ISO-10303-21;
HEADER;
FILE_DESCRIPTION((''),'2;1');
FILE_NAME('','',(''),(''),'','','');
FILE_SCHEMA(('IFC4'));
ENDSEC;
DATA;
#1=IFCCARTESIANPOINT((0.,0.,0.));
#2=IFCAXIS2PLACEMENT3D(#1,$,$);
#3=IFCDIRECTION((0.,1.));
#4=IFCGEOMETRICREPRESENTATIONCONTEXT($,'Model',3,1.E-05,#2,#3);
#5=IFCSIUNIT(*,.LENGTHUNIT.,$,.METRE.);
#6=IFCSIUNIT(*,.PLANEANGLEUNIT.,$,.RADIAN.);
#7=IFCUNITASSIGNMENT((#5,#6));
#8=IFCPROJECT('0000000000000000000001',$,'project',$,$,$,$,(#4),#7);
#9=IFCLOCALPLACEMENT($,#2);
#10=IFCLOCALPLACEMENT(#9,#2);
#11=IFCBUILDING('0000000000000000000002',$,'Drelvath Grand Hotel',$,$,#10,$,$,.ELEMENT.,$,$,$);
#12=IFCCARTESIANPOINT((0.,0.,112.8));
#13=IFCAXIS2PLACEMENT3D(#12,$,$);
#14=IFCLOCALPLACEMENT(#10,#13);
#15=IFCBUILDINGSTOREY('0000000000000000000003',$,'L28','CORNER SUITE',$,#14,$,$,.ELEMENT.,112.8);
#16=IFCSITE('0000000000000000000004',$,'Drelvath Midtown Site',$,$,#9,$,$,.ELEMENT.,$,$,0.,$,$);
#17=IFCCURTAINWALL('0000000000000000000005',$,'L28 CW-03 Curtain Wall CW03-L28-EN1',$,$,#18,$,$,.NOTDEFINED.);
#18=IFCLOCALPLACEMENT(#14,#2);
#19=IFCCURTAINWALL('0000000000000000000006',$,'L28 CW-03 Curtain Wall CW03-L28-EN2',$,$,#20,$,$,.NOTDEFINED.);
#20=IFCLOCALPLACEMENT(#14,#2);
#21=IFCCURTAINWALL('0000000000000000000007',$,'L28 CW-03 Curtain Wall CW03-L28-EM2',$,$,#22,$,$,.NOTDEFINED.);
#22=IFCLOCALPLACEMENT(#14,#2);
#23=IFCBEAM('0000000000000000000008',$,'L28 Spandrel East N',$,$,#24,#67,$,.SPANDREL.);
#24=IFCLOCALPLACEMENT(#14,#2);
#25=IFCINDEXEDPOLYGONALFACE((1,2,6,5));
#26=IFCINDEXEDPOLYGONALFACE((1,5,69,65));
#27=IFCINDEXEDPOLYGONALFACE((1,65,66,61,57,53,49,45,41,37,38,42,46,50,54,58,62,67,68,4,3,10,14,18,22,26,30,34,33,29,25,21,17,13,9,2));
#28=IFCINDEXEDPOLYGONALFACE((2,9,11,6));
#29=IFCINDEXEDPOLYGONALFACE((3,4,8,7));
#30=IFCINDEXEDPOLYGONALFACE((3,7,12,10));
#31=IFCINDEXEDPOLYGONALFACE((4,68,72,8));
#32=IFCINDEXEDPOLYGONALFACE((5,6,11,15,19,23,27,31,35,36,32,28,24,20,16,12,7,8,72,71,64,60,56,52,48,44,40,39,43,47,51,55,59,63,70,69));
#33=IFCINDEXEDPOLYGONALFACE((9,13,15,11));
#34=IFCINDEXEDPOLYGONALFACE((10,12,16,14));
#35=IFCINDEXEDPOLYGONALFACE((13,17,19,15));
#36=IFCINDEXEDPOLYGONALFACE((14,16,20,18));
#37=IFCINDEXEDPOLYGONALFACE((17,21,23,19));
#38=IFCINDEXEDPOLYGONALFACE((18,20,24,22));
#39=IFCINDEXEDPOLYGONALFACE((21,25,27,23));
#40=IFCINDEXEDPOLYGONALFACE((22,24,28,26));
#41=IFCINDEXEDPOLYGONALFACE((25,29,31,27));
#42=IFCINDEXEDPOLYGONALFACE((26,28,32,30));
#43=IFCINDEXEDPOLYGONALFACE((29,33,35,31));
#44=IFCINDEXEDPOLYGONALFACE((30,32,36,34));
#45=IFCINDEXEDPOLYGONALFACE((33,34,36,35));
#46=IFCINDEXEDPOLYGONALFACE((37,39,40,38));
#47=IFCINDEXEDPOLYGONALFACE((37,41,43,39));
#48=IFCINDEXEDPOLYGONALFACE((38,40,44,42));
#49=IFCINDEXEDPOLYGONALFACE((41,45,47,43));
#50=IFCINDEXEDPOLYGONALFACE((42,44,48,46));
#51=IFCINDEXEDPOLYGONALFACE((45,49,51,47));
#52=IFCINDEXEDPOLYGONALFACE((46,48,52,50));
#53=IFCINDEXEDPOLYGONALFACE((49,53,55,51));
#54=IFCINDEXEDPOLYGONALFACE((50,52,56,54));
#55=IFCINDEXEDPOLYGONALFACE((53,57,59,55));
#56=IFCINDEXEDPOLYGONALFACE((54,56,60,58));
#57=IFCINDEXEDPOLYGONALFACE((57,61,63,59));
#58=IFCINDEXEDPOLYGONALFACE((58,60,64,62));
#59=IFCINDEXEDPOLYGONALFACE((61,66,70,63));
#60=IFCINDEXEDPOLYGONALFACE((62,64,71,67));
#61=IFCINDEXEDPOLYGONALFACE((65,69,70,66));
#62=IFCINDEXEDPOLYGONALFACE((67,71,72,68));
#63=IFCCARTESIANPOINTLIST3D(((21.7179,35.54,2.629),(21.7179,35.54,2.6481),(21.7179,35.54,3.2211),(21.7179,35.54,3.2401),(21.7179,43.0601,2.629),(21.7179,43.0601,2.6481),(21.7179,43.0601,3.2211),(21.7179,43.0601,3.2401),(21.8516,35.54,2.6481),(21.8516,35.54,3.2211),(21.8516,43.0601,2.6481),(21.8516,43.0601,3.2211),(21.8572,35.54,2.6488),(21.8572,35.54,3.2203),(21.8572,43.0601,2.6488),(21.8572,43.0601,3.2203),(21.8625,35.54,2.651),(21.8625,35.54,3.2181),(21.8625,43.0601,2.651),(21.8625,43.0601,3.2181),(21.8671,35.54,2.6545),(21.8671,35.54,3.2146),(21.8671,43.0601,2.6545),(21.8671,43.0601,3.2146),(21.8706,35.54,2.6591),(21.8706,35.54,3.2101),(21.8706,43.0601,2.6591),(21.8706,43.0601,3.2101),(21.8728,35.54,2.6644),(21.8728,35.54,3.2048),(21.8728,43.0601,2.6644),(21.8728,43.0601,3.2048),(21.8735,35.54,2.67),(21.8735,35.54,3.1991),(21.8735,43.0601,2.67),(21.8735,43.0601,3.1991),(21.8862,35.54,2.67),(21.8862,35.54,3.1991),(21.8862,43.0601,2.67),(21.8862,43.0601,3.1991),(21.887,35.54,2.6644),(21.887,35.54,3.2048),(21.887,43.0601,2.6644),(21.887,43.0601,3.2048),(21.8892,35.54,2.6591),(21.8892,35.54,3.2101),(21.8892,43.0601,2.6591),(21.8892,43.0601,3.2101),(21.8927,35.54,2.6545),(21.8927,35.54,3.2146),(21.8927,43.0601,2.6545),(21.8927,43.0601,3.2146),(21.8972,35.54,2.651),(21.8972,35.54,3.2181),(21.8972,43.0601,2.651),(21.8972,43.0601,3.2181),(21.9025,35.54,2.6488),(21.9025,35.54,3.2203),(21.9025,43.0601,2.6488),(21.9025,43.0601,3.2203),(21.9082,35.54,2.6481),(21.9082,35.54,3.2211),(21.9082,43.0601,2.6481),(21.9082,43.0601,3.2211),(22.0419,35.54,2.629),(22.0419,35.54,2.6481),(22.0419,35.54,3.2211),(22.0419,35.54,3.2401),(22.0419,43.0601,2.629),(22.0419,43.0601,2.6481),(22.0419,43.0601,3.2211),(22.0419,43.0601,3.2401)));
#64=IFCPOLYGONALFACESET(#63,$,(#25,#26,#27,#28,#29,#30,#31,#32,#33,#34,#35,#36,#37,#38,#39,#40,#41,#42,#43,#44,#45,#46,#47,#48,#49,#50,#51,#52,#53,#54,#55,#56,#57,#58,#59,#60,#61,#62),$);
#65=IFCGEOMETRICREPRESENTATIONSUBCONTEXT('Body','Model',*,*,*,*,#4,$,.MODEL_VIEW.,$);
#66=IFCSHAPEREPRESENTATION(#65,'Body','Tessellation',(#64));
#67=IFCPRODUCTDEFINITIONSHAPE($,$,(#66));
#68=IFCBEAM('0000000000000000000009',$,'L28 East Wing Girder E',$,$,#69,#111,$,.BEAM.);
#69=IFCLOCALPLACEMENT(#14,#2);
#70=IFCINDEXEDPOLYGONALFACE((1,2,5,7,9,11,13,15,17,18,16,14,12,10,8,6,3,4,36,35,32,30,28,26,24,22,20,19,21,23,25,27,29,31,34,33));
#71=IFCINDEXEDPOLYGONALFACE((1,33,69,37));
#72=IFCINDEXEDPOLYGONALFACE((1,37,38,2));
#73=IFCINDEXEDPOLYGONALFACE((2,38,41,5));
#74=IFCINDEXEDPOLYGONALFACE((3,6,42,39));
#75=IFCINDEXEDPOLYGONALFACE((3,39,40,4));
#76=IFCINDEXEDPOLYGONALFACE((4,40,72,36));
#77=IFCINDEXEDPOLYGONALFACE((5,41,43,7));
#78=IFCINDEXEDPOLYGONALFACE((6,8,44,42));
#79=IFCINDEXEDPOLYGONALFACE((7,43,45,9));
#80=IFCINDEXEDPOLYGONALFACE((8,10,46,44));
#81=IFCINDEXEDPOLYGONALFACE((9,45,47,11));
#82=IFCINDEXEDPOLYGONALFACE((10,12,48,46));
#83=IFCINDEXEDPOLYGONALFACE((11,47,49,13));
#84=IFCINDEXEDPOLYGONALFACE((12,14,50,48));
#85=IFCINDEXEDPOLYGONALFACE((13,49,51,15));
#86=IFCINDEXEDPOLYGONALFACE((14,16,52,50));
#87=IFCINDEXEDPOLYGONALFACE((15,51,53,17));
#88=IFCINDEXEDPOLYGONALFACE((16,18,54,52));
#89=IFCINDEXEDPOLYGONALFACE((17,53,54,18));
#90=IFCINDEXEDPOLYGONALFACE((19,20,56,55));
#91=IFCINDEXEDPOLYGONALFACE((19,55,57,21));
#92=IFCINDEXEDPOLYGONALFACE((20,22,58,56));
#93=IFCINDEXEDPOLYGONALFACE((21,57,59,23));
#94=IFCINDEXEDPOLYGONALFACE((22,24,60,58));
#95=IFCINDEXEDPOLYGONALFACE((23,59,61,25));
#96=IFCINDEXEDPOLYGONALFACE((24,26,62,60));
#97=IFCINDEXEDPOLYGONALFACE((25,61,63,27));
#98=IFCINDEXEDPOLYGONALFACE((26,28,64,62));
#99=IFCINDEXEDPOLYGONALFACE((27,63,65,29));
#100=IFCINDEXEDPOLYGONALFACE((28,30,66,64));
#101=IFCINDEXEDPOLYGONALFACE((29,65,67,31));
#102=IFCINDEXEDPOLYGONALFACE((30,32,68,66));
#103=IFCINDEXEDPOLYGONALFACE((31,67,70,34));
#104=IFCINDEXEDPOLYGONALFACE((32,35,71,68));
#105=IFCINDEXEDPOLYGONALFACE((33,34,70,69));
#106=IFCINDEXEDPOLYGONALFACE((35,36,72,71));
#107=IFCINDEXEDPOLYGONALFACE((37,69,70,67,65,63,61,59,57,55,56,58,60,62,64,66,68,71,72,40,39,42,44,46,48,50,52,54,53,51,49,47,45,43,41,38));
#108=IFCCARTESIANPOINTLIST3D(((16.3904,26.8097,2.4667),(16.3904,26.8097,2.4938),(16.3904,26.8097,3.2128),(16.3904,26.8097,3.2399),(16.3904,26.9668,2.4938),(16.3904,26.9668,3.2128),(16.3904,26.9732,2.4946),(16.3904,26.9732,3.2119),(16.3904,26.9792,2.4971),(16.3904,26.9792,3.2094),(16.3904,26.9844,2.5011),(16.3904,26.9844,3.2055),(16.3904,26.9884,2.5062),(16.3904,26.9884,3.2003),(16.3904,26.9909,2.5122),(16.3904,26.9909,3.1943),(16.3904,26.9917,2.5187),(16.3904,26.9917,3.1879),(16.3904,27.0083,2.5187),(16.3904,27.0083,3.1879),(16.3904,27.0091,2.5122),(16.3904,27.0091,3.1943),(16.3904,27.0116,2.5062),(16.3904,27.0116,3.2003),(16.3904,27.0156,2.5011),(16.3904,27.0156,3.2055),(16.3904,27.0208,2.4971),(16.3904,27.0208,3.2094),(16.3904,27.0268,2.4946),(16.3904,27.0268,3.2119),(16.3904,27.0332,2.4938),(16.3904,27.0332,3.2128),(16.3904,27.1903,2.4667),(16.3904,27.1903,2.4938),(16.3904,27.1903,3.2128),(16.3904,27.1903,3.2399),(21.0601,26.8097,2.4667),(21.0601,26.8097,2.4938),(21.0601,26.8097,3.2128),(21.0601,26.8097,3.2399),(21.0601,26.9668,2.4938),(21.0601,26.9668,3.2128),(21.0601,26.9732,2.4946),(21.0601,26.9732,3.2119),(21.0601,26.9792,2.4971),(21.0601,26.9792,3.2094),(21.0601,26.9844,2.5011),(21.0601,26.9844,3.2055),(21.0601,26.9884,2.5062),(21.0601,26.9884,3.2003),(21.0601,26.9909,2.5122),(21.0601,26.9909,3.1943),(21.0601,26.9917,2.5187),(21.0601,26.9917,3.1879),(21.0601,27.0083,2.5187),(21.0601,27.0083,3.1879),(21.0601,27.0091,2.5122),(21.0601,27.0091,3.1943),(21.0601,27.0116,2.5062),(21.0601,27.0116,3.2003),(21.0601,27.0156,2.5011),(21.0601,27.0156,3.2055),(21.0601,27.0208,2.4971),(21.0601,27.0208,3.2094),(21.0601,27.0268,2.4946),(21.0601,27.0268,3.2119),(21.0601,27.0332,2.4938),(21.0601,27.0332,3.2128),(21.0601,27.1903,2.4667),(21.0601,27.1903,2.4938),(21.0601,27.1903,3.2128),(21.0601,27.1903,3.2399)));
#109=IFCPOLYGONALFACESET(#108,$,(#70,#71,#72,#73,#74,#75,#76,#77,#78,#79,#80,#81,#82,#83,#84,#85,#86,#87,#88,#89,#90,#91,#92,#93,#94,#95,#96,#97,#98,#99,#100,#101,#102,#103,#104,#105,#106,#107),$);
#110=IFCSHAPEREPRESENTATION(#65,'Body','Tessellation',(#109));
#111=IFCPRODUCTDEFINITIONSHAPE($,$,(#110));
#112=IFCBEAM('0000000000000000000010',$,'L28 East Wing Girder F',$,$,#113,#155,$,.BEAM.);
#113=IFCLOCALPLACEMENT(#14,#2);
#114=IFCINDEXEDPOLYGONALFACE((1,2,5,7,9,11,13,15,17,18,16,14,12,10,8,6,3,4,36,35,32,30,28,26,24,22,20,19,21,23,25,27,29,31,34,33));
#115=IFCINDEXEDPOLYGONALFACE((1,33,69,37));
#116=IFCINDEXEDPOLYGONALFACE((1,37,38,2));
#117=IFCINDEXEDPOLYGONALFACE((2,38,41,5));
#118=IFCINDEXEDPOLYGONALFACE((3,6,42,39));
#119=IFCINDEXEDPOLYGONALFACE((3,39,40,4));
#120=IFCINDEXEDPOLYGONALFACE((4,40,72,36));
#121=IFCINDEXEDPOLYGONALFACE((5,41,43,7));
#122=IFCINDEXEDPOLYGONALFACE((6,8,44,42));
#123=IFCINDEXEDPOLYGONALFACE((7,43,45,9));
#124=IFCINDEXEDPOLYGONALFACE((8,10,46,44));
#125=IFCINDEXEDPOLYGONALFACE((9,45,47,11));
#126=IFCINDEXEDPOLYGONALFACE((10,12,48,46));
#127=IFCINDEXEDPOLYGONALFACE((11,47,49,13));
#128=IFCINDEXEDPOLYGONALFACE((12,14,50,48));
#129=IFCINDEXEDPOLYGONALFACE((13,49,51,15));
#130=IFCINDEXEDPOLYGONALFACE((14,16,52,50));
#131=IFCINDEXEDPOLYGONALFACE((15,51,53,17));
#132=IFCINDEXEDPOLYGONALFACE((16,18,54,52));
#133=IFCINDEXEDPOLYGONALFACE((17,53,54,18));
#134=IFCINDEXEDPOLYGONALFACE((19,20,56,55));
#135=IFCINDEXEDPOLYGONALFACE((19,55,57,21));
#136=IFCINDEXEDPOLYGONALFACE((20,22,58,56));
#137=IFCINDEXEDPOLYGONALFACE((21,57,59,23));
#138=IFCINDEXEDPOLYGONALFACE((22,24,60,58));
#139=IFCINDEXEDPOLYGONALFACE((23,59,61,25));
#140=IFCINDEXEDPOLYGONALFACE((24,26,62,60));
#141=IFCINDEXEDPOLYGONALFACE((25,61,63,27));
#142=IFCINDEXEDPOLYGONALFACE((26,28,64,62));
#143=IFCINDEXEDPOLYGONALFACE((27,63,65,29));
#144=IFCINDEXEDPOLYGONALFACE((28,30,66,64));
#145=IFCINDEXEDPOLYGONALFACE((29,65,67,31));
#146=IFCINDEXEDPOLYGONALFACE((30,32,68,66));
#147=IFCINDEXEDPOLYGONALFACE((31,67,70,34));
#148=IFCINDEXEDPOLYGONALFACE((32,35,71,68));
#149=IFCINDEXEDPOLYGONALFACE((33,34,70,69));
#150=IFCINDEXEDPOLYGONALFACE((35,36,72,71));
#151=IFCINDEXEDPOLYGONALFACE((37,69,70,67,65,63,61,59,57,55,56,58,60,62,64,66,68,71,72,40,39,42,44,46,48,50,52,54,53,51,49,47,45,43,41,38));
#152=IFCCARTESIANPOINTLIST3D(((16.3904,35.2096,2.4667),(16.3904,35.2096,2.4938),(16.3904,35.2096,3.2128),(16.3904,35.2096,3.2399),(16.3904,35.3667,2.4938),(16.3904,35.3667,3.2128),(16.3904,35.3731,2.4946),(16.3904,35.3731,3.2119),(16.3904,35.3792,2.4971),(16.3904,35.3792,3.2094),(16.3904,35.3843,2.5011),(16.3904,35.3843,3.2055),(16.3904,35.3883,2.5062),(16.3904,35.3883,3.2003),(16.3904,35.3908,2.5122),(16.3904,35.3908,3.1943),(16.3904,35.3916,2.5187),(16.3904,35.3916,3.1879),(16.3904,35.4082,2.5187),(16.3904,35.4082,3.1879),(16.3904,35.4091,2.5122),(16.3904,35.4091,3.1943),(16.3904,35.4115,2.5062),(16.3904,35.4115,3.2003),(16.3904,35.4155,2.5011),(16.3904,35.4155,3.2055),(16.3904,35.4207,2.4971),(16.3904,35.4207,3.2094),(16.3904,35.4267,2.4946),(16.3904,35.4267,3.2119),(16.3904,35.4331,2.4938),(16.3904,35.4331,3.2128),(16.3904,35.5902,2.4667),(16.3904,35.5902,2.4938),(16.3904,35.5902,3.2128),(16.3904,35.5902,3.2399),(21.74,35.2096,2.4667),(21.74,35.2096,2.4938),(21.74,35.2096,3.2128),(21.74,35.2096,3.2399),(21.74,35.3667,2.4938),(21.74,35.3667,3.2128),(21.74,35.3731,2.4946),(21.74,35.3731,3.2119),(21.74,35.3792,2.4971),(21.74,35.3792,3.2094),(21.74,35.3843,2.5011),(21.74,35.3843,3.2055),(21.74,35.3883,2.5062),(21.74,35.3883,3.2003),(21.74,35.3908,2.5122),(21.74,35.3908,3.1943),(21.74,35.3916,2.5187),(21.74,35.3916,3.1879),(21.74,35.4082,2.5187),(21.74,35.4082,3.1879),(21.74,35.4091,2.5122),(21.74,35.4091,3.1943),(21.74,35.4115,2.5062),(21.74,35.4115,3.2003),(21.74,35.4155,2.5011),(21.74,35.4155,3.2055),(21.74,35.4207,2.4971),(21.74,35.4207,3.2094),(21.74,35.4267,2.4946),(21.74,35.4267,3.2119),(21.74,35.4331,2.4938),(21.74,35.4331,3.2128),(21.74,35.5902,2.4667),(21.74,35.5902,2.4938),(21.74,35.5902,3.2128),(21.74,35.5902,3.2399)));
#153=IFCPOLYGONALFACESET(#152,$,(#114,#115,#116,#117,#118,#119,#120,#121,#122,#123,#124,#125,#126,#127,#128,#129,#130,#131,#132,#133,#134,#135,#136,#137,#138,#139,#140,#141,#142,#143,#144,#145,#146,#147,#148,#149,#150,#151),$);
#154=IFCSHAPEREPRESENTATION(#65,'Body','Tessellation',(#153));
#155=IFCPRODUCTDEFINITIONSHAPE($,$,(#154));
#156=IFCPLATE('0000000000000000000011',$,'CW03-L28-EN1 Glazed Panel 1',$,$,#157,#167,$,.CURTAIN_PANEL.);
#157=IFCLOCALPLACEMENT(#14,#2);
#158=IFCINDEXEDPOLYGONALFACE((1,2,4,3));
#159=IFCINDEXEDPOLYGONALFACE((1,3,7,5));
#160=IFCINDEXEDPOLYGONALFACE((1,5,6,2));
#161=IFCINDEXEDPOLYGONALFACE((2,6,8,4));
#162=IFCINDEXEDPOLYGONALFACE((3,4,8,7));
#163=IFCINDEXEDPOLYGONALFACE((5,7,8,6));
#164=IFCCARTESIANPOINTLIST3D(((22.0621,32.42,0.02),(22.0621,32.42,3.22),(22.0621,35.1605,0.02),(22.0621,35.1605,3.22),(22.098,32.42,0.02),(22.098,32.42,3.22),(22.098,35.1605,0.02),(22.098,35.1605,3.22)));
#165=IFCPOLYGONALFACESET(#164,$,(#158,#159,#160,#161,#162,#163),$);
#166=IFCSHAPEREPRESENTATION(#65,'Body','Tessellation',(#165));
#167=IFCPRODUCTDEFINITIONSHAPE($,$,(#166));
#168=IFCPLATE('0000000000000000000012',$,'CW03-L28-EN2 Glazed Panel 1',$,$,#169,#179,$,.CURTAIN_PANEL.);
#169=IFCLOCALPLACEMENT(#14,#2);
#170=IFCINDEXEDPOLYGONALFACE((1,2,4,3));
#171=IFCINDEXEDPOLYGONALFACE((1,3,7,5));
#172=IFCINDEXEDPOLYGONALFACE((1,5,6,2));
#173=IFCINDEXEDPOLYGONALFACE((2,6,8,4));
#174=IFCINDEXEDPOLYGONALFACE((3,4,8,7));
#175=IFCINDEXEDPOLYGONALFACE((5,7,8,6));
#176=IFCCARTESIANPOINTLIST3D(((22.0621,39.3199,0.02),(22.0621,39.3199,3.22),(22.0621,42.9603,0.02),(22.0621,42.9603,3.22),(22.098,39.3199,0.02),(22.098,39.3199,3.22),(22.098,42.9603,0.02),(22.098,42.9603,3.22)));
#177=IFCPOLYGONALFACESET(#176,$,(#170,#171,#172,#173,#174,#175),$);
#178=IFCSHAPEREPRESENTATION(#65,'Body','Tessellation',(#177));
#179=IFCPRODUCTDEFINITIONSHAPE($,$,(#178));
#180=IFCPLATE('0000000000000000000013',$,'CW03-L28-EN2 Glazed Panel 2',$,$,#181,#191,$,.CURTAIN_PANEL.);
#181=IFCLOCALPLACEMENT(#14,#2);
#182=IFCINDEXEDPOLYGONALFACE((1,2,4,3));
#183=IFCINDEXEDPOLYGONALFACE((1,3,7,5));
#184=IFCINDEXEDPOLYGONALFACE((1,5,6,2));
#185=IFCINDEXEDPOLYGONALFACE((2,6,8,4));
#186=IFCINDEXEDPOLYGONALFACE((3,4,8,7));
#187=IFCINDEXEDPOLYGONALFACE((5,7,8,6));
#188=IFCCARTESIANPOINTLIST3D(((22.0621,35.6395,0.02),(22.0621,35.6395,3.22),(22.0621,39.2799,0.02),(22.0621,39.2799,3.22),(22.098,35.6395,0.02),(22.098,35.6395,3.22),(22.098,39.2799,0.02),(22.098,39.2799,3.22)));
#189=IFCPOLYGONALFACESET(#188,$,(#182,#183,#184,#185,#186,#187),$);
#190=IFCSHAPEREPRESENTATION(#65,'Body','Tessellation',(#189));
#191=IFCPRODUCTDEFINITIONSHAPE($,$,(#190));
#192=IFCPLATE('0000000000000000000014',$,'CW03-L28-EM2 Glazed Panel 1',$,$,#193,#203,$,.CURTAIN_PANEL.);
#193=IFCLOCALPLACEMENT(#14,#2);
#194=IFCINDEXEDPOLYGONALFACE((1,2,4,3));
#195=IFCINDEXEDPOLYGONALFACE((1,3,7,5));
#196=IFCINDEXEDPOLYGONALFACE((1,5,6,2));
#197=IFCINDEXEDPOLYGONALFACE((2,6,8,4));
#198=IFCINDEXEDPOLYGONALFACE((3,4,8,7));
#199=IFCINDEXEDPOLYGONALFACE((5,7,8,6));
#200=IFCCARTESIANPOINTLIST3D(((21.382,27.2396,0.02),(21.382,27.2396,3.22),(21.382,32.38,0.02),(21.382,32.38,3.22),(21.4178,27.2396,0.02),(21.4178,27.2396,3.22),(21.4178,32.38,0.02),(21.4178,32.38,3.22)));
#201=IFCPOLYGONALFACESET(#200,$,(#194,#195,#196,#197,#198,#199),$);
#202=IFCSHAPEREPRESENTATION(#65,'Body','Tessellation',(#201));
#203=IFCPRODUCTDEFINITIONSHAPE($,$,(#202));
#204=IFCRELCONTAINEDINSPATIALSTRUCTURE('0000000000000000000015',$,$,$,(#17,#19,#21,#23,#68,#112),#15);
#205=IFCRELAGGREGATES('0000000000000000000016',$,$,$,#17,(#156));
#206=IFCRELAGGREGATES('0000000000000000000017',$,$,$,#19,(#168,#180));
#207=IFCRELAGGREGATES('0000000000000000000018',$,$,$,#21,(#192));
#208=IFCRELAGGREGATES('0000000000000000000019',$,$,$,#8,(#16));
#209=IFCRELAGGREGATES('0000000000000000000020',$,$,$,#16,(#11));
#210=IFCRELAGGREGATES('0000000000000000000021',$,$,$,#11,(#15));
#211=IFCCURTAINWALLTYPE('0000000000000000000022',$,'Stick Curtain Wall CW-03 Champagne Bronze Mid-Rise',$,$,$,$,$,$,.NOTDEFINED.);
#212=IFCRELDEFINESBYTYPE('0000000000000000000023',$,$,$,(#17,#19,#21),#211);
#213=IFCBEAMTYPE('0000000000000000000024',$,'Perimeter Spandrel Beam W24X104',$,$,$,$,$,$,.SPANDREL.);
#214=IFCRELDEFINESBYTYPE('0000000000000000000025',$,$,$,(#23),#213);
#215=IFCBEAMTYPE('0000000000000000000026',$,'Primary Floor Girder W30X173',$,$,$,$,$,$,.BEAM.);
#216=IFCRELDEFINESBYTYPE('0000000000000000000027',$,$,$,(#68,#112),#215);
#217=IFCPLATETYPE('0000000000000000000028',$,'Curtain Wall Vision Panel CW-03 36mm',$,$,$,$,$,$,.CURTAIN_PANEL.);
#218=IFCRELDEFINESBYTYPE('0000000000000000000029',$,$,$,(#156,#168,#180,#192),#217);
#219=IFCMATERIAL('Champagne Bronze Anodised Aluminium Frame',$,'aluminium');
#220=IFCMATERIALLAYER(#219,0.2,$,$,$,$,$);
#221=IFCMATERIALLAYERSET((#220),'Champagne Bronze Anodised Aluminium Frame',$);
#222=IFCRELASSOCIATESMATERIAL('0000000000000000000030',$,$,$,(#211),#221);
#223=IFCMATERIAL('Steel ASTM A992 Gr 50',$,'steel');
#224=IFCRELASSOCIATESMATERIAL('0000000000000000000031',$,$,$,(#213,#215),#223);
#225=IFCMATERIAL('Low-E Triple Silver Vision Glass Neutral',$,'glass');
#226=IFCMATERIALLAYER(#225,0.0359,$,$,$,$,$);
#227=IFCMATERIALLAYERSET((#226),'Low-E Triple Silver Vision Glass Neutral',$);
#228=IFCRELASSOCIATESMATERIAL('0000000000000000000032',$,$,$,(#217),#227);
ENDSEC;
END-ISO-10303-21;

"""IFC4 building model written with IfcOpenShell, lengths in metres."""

from ifc_helpers import new_model, si_unit, direction, frame, origin, origin_2d, place, context, subcontext, project, spatial, rectangle, i_section, extrude, material, layer, layer_set, material_profile, profile_set, type_object, element, aggregate, save


model = new_model("IFC4")

# Units and contexts
model_context = context("Model", 3, precision=1e-05, world=origin(), true_north=direction((0.0, 1.0)))
body_context = subcontext(model_context, "Body", "Model", "MODEL_VIEW")
ifc_project = project(units=[si_unit("LENGTHUNIT", "METRE"), si_unit("PLANEANGLEUNIT", "RADIAN")], contexts=[model_context])

# Site, building, storey
site_placement = place(None, origin())
site = spatial("IfcSite", under=ifc_project, at=site_placement, Name="Drelvath Midtown Site", CompositionType="ELEMENT", RefElevation=0.0)
building_placement = place(site_placement, origin())
building = spatial("IfcBuilding", under=site, at=building_placement, Name="Drelvath Grand Hotel", CompositionType="ELEMENT")
storey_placement = place(building_placement, frame((0.0, 0.0, 112.8)))
storey = spatial("IfcBuildingStorey", under=building, at=storey_placement, Name="L28", Description="CORNER SUITE", CompositionType="ELEMENT", Elevation=112.8)

# Curtain walls
ifc_material_1 = material(Name="Champagne Bronze Anodised Aluminium Frame", Category="aluminium")
ifc_layer_1 = layer(ifc_material_1, 0.2)
ifc_layer_set_1 = layer_set([ifc_layer_1], Name="Champagne Bronze Anodised Aluminium Frame")
curtain_wall_type = type_object("IfcCurtainWallType", Name="Stick Curtain Wall CW-03 Champagne Bronze Mid-Rise", PredefinedType="NOTDEFINED", material=ifc_layer_set_1)
curtain_wall_1_placement = place(storey_placement, origin())
curtain_wall_1 = element("IfcCurtainWall", 1, at=curtain_wall_1_placement, inside=storey, type_object=curtain_wall_type, Name="L28 CW-03 Curtain Wall CW03-L28-EN1", PredefinedType="NOTDEFINED")
curtain_wall_2_placement = place(storey_placement, origin())
curtain_wall_2 = element("IfcCurtainWall", 2, at=curtain_wall_2_placement, inside=storey, type_object=curtain_wall_type, Name="L28 CW-03 Curtain Wall CW03-L28-EN2", PredefinedType="NOTDEFINED")
curtain_wall_3_placement = place(storey_placement, origin())
curtain_wall_3 = element("IfcCurtainWall", 3, at=curtain_wall_3_placement, inside=storey, type_object=curtain_wall_type, Name="L28 CW-03 Curtain Wall CW03-L28-EM2", PredefinedType="NOTDEFINED")

# Beams
ifc_material_2 = material(Name="Steel ASTM A992 Gr 50", Category="steel")
ifc_material_profile_1 = material_profile(ifc_material_2, i_section(OverallWidth=0.324, OverallDepth=0.6111, WebThickness=0.0127, FlangeThickness=0.019, FilletRadius=0.022, at=origin_2d()), Name="W24X104")
ifc_profile_set_1 = profile_set([ifc_material_profile_1], Name="Steel ASTM A992 Gr 50")
beam_type_1 = type_object("IfcBeamType", Name="Perimeter Spandrel Beam W24X104", PredefinedType="SPANDREL", material=ifc_profile_set_1)
beam_1_placement = place(storey_placement, frame((21.8799, 35.54, 2.9346), z_axis=(0.0, 1.0, 0.0), x_axis=(-1.0, 0.0, 0.0)))
element("IfcBeam", 4, at=beam_1_placement, inside=storey, type_object=beam_type_1, Name="L28 Spandrel East N", PredefinedType="SPANDREL", context=body_context, shape_type="SweptSolid", body=[
    extrude(i_section(OverallWidth=0.324, OverallDepth=0.6111, WebThickness=0.0127, FlangeThickness=0.019, FilletRadius=0.022, at=origin_2d()), origin(), (0.0, 0.0, 1.0), 7.52),
])
ifc_material_profile_2 = material_profile(ifc_material_2, i_section(OverallWidth=0.3806, OverallDepth=0.7732, WebThickness=0.0166, FlangeThickness=0.0271, FilletRadius=0.0249, at=origin_2d()), Name="W30X173")
ifc_profile_set_2 = profile_set([ifc_material_profile_2], Name="Steel ASTM A992 Gr 50")
beam_type_2 = type_object("IfcBeamType", Name="Primary Floor Girder W30X173", PredefinedType="BEAM", material=ifc_profile_set_2)
beam_2_placement = place(storey_placement, frame((16.3904, 27.0, 2.8533), z_axis=(1.0, 0.0, 0.0), x_axis=(0.0, 1.0, 0.0)))
element("IfcBeam", 5, at=beam_2_placement, inside=storey, type_object=beam_type_2, Name="L28 East Wing Girder E", PredefinedType="BEAM", context=body_context, shape_type="SweptSolid", body=[
    extrude(i_section(OverallWidth=0.3806, OverallDepth=0.7732, WebThickness=0.0166, FlangeThickness=0.0271, FilletRadius=0.0249, at=origin_2d()), origin(), (0.0, 0.0, 1.0), 4.6697),
])
beam_3_placement = place(storey_placement, frame((16.3904, 35.3999, 2.8533), z_axis=(1.0, 0.0, 0.0), x_axis=(0.0, 1.0, 0.0)))
element("IfcBeam", 6, at=beam_3_placement, inside=storey, type_object=beam_type_2, Name="L28 East Wing Girder F", PredefinedType="BEAM", context=body_context, shape_type="SweptSolid", body=[
    extrude(i_section(OverallWidth=0.3806, OverallDepth=0.7732, WebThickness=0.0166, FlangeThickness=0.0271, FilletRadius=0.0249, at=origin_2d()), origin(), (0.0, 0.0, 1.0), 5.3496),
])

# Plates
ifc_material_3 = material(Name="Low-E Triple Silver Vision Glass Neutral", Category="glass")
ifc_layer_2 = layer(ifc_material_3, 0.0359)
ifc_layer_set_2 = layer_set([ifc_layer_2], Name="Low-E Triple Silver Vision Glass Neutral")
plate_type = type_object("IfcPlateType", Name="Curtain Wall Vision Panel CW-03 36mm", PredefinedType="CURTAIN_PANEL", material=ifc_layer_set_2)
plate_1_placement = place(storey_placement, frame((22.0801, 33.7903, 0.02), z_axis=(0.0, 0.0, 1.0), x_axis=(0.0, -1.0, 0.0)))
plate_1 = element("IfcPlate", 7, at=plate_1_placement, type_object=plate_type, Name="CW03-L28-EN1 Glazed Panel 1", PredefinedType="CURTAIN_PANEL", context=body_context, shape_type="SweptSolid", body=[
    extrude(rectangle(XDim=2.7405, YDim=0.0359, at=origin_2d()), origin(), (0.0, 0.0, 1.0), 3.2),
])
aggregate(curtain_wall_1, [plate_1])
plate_2_placement = place(storey_placement, frame((22.0801, 41.1401, 0.02), z_axis=(0.0, 0.0, 1.0), x_axis=(0.0, -1.0, 0.0)))
plate_2 = element("IfcPlate", 8, at=plate_2_placement, type_object=plate_type, Name="CW03-L28-EN2 Glazed Panel 1", PredefinedType="CURTAIN_PANEL", context=body_context, shape_type="SweptSolid", body=[
    extrude(rectangle(XDim=3.6404, YDim=0.0359, at=origin_2d()), origin(), (0.0, 0.0, 1.0), 3.2),
])
plate_3_placement = place(storey_placement, frame((22.0801, 37.4597, 0.02), z_axis=(0.0, 0.0, 1.0), x_axis=(0.0, -1.0, 0.0)))
plate_3 = element("IfcPlate", 9, at=plate_3_placement, type_object=plate_type, Name="CW03-L28-EN2 Glazed Panel 2", PredefinedType="CURTAIN_PANEL", context=body_context, shape_type="SweptSolid", body=[
    extrude(rectangle(XDim=3.6404, YDim=0.0359, at=origin_2d()), origin(), (0.0, 0.0, 1.0), 3.2),
])
aggregate(curtain_wall_2, [plate_2, plate_3])
plate_4_placement = place(storey_placement, frame((21.3999, 29.8098, 0.02), z_axis=(0.0, 0.0, 1.0), x_axis=(0.0, -1.0, 0.0)))
plate_4 = element("IfcPlate", 10, at=plate_4_placement, type_object=plate_type, Name="CW03-L28-EM2 Glazed Panel 1", PredefinedType="CURTAIN_PANEL", context=body_context, shape_type="SweptSolid", body=[
    extrude(rectangle(XDim=5.1404, YDim=0.0359, at=origin_2d()), origin(), (0.0, 0.0, 1.0), 3.2),
])
aggregate(curtain_wall_3, [plate_4])

save(model, "model.ifc")
